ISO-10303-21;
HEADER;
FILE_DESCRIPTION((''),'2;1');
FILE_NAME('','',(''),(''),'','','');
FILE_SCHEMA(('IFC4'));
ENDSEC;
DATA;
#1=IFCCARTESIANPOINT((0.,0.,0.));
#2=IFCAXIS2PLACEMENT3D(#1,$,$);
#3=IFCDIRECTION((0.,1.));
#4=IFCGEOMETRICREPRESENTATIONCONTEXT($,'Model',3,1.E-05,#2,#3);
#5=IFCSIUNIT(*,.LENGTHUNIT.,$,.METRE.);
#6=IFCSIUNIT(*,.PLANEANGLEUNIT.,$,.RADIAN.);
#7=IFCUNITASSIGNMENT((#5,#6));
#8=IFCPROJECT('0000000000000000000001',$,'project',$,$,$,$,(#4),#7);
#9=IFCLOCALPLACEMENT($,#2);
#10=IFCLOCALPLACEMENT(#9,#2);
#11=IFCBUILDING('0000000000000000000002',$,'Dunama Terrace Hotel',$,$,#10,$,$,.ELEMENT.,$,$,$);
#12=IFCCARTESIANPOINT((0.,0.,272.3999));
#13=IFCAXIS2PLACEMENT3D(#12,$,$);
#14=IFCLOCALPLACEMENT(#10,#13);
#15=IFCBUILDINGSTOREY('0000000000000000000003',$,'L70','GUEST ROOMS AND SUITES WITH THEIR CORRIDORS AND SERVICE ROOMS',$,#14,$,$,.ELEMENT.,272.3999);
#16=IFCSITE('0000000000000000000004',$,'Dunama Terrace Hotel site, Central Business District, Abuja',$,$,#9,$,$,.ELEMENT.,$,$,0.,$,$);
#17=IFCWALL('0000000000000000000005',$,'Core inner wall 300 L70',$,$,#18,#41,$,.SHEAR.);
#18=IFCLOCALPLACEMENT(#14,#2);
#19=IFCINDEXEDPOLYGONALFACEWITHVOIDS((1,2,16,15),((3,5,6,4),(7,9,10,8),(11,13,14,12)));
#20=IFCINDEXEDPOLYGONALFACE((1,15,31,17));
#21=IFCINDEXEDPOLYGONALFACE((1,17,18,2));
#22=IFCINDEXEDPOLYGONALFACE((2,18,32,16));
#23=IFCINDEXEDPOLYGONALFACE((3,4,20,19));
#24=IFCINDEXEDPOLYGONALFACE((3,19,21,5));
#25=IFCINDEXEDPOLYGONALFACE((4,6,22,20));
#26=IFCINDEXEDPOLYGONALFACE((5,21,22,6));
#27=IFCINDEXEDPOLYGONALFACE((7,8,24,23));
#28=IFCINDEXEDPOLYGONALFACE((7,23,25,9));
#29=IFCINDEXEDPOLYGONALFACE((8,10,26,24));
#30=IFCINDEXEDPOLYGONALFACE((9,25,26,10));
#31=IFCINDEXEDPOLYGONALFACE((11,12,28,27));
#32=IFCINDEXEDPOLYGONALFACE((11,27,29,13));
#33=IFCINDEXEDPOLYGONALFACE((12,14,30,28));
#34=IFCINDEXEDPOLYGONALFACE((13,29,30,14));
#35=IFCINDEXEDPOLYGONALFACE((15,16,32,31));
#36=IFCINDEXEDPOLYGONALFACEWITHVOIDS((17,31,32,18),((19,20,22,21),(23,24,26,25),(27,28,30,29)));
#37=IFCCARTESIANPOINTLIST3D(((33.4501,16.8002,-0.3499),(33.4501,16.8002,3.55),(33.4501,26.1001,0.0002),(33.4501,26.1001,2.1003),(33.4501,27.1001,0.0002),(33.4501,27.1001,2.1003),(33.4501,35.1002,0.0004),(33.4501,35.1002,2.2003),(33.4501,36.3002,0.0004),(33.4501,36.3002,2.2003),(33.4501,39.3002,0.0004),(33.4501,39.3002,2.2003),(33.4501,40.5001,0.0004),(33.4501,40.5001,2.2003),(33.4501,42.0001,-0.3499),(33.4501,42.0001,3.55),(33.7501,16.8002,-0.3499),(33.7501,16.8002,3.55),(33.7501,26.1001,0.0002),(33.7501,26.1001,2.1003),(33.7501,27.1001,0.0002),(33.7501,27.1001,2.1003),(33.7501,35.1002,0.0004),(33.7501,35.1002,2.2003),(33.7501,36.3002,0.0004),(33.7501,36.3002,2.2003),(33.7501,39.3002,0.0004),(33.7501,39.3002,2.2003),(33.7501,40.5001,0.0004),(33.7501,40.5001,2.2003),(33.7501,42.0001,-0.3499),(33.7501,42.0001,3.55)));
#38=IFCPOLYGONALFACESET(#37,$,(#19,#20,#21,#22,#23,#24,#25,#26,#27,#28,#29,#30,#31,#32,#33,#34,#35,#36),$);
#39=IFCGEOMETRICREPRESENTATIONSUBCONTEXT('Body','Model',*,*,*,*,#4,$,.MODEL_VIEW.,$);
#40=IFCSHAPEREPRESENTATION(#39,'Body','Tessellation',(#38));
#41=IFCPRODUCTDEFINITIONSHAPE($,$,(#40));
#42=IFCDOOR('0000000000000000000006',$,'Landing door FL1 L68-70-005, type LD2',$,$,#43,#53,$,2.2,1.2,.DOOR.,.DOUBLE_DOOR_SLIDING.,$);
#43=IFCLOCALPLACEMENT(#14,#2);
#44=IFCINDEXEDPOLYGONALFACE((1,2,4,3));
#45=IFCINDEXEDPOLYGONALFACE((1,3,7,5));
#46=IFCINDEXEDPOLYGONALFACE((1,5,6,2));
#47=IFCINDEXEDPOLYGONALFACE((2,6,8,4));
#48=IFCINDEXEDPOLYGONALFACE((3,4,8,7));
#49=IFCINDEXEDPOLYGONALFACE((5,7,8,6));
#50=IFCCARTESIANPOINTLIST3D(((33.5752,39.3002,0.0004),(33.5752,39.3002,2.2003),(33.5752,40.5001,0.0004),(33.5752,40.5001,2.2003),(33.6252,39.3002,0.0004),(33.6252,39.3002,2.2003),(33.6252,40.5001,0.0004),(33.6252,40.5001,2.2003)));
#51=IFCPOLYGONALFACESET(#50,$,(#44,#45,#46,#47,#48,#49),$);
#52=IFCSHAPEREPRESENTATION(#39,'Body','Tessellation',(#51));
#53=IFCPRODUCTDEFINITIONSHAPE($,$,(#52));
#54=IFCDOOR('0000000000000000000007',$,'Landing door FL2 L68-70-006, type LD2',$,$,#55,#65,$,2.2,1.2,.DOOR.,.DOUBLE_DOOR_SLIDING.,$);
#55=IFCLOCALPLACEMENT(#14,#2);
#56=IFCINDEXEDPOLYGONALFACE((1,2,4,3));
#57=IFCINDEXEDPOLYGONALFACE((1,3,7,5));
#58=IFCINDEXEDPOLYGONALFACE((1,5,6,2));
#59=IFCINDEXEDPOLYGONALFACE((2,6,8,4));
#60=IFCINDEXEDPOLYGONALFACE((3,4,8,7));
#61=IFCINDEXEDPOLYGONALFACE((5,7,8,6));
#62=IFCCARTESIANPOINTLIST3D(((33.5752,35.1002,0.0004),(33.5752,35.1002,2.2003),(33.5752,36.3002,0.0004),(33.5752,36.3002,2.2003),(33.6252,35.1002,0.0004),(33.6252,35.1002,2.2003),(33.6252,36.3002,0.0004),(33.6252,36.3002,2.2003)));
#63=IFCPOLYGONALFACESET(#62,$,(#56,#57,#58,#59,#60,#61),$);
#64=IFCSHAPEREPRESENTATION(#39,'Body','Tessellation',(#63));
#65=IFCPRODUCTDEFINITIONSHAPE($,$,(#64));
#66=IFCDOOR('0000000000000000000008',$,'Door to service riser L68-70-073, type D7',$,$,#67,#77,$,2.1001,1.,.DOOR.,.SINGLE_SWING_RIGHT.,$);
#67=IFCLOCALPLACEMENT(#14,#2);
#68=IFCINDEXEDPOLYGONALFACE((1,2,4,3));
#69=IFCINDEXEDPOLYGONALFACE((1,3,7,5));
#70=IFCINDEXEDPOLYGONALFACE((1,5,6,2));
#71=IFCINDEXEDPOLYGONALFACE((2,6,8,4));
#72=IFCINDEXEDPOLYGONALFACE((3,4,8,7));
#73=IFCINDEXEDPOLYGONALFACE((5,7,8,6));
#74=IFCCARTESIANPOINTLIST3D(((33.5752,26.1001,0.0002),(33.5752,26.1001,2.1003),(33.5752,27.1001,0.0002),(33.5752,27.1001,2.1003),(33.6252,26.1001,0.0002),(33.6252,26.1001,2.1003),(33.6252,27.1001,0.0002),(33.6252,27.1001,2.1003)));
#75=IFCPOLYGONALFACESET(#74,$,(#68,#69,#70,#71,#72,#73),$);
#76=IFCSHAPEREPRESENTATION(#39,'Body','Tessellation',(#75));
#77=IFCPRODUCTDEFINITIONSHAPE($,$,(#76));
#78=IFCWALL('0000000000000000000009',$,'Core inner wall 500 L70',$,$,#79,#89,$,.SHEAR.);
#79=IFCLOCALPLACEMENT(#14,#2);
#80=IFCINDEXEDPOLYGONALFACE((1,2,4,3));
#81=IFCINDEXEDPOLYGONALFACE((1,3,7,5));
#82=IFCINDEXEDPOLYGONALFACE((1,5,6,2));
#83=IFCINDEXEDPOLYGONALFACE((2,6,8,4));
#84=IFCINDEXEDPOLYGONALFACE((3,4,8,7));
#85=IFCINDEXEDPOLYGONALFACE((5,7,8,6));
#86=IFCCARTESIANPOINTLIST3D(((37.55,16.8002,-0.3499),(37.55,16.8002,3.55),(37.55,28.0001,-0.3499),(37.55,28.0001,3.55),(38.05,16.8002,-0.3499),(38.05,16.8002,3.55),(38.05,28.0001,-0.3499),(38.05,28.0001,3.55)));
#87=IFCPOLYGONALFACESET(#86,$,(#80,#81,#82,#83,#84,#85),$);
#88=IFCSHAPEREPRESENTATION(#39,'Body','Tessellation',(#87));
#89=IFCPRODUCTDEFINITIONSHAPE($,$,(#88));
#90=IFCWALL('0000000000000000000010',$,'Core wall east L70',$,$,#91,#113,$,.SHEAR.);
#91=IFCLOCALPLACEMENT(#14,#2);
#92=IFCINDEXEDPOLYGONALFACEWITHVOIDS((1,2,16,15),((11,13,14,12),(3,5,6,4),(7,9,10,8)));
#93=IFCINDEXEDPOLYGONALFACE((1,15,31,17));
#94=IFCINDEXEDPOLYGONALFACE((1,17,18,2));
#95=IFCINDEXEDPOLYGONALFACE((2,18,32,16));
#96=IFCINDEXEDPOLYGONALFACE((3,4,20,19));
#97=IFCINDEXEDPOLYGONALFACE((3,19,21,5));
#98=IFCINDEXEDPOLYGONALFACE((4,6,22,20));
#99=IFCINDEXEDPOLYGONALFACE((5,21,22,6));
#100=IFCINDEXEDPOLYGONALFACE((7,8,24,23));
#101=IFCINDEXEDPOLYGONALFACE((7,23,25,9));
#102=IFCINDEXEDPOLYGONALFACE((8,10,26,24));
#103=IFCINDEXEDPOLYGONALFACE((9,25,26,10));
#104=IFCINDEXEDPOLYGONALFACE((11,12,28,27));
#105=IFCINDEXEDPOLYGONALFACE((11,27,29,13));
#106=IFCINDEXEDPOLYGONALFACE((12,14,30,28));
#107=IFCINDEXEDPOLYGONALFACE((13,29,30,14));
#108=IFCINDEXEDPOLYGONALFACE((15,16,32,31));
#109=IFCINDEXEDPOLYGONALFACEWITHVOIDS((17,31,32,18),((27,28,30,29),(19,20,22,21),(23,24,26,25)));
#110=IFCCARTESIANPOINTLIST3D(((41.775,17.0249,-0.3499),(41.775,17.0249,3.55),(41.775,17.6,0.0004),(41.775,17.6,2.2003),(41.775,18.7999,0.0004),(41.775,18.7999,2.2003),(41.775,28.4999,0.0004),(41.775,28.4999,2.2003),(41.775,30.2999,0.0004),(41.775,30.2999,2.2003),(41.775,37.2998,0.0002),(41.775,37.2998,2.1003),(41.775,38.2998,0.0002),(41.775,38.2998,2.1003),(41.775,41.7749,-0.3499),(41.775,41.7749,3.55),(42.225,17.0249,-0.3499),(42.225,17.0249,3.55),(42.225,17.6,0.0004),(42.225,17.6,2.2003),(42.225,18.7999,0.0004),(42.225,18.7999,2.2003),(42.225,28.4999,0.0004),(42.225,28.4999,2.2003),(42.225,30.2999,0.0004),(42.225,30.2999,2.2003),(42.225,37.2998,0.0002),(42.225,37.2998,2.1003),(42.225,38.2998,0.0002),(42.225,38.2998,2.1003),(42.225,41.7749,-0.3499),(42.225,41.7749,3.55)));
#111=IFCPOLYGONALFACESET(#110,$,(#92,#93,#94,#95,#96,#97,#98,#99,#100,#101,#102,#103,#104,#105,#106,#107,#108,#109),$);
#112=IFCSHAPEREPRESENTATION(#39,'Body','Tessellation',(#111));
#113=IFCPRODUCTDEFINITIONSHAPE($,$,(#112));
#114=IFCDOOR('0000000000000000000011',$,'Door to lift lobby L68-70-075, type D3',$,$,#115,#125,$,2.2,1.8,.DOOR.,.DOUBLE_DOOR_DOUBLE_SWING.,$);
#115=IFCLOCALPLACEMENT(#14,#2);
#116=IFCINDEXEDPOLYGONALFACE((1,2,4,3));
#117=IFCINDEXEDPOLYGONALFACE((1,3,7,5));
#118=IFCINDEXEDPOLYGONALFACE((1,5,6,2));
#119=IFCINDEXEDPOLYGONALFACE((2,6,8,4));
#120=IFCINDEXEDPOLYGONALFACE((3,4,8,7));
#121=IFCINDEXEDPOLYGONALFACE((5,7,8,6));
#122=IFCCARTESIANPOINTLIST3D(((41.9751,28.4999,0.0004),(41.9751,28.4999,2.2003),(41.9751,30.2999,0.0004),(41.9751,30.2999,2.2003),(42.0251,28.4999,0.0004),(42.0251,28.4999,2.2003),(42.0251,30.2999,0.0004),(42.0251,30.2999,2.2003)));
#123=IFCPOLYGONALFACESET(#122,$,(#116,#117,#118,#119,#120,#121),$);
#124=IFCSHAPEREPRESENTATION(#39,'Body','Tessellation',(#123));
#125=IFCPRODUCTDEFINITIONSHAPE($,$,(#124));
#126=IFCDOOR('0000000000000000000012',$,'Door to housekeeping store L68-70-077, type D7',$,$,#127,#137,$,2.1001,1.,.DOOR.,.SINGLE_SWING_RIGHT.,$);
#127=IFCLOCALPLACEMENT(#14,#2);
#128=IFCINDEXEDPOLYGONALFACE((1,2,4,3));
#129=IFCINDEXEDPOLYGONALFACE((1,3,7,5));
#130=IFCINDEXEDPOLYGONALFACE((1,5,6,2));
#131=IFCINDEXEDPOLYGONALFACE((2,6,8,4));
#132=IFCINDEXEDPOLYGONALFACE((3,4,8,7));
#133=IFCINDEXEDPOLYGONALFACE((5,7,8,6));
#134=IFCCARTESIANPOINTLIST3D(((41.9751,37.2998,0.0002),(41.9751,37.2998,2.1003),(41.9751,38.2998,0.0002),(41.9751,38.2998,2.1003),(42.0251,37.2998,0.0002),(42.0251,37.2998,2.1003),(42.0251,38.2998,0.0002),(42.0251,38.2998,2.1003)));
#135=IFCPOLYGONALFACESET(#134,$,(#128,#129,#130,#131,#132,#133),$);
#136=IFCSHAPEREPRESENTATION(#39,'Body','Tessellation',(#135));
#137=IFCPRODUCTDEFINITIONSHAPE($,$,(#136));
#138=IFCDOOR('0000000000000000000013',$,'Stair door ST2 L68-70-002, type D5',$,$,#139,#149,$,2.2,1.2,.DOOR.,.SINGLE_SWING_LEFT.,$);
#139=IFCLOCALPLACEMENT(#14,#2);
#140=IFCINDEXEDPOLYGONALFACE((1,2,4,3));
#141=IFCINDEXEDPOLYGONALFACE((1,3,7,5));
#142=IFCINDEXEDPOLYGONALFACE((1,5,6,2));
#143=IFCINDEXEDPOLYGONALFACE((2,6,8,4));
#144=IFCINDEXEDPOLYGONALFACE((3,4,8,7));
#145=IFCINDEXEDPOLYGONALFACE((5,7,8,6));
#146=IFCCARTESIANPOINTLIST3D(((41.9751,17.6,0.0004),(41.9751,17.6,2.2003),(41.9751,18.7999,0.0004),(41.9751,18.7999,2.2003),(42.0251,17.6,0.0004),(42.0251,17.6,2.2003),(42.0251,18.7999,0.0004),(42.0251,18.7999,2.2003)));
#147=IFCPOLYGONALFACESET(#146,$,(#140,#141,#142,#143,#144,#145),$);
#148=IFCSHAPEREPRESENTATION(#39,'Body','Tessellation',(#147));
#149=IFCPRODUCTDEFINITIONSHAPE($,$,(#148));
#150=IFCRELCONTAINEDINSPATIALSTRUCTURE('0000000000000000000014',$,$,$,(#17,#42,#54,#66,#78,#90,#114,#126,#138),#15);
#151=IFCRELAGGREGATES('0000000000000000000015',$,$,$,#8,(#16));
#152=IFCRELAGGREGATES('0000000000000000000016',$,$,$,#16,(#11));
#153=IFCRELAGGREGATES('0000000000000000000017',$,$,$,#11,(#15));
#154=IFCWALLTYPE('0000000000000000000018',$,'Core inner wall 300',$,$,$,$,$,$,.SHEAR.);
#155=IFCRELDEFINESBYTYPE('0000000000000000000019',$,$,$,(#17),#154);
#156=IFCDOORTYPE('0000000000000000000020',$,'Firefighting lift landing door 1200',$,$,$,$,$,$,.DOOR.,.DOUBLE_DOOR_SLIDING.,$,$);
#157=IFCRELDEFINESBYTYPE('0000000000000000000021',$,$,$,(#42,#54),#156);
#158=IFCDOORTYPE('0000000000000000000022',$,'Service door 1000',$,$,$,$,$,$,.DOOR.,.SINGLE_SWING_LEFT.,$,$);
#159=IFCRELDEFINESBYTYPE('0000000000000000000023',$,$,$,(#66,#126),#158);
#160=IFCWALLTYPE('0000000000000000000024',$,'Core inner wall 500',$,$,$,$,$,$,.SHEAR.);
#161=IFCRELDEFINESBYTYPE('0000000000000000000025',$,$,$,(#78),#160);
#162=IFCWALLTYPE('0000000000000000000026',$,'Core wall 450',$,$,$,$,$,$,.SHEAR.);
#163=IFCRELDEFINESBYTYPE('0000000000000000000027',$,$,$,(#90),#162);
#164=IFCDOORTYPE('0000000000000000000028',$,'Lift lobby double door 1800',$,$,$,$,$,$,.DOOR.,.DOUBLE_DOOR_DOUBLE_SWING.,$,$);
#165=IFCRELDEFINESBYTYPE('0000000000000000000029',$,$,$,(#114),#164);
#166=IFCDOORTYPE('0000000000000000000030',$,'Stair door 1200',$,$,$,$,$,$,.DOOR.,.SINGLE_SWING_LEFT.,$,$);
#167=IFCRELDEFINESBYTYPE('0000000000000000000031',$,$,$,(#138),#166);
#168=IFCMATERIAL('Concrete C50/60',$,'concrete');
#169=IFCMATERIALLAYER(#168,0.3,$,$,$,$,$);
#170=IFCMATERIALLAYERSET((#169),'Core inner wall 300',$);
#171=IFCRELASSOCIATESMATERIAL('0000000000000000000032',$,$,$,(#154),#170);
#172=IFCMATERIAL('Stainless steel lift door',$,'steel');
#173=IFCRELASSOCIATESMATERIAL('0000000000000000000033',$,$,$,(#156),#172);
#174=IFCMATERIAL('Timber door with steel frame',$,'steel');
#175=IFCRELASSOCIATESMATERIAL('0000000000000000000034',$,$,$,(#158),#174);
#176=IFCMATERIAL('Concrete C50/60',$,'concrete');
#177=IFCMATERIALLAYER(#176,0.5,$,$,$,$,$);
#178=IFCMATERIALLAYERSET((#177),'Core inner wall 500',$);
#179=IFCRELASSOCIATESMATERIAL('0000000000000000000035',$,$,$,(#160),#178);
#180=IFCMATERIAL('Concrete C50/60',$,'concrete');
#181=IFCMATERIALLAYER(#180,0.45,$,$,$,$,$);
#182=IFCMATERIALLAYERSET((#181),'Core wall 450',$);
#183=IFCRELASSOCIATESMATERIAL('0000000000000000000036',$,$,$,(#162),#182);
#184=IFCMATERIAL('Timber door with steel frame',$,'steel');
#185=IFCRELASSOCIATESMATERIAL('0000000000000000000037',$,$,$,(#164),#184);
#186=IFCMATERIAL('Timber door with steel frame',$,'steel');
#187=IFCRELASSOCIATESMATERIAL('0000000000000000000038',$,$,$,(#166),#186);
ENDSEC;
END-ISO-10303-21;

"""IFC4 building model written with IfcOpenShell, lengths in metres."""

from ifc_helpers import new_model, si_unit, direction, frame, frame_2d, origin, place, context, subcontext, project, spatial, rectangle, extrude, material, layer, layer_set, type_object, element, fill, save


model = new_model("IFC4")

# Units and contexts
model_context = context("Model", 3, precision=1e-05, world=origin(), true_north=direction((0.0, 1.0)))
body_context = subcontext(model_context, "Body", "Model", "MODEL_VIEW")
ifc_project = project(units=[si_unit("LENGTHUNIT", "METRE"), si_unit("PLANEANGLEUNIT", "RADIAN")], contexts=[model_context])

# Site, building, storey
site_placement = place(None, origin())
site = spatial("IfcSite", under=ifc_project, at=site_placement, Name="Dunama Terrace Hotel site, Central Business District, Abuja", CompositionType="ELEMENT", RefElevation=0.0)
building_placement = place(site_placement, origin())
building = spatial("IfcBuilding", under=site, at=building_placement, Name="Dunama Terrace Hotel", CompositionType="ELEMENT")
storey_placement = place(building_placement, frame((0.0, 0.0, 272.3999)))
storey = spatial("IfcBuildingStorey", under=building, at=storey_placement, Name="L70", Description="GUEST ROOMS AND SUITES WITH THEIR CORRIDORS AND SERVICE ROOMS", CompositionType="ELEMENT", Elevation=272.3999)

# Wall, openings, doors
ifc_material_1 = material(Name="Concrete C50/60", Category="concrete")
ifc_layer_1 = layer(ifc_material_1, 0.3)
ifc_layer_set_1 = layer_set([ifc_layer_1], Name="Core inner wall 300")
wall_type_1 = type_object("IfcWallType", Name="Core inner wall 300", PredefinedType="SHEAR", material=ifc_layer_set_1)
wall_1_placement = place(storey_placement, frame((33.6001, 16.8, -0.3499), z_axis=(0.0, 0.0, 1.0), x_axis=(0.0, 1.0, 0.0)))
wall_1 = element("IfcWall", 1, at=wall_1_placement, inside=storey, type_object=wall_type_1, Name="Core inner wall 300 L70", PredefinedType="SHEAR", context=body_context, shape_type="SweptSolid", body=[
    extrude(rectangle(XDim=25.2, YDim=0.3, at=frame_2d((12.6001, 0.0))), origin(), (0.0, 0.0, 1.0), 3.8999),
])
opening_1_placement = place(wall_1_placement, frame((22.5, 0.0, 0.3501)))
opening_1 = element("IfcOpeningElement", 2, at=opening_1_placement, cuts=wall_1, PredefinedType="OPENING", context=body_context, shape_type="SweptSolid", body=[
    extrude(rectangle(XDim=1.2, YDim=2.2, at=frame_2d((0.6001, 1.1001))), frame((0.0, 0.1599, 0.0), z_axis=(0.0, -1.0, 0.0), x_axis=(1.0, 0.0, 0.0)), (0.0, 0.0, 1.0), 0.3201),
])
opening_2_placement = place(wall_1_placement, frame((18.3, 0.0, 0.3501)))
opening_2 = element("IfcOpeningElement", 3, at=opening_2_placement, cuts=wall_1, PredefinedType="OPENING", context=body_context, shape_type="SweptSolid", body=[
    extrude(rectangle(XDim=1.2, YDim=2.2, at=frame_2d((0.6001, 1.1001))), frame((0.0, 0.1599, 0.0), z_axis=(0.0, -1.0, 0.0), x_axis=(1.0, 0.0, 0.0)), (0.0, 0.0, 1.0), 0.3201),
])
opening_3_placement = place(wall_1_placement, frame((9.3, 0.0, 0.3501)))
opening_3 = element("IfcOpeningElement", 4, at=opening_3_placement, cuts=wall_1, PredefinedType="OPENING", context=body_context, shape_type="SweptSolid", body=[
    extrude(rectangle(XDim=1.0, YDim=2.1001, at=frame_2d((0.5, 1.05))), frame((0.0, 0.1599, 0.0), z_axis=(0.0, -1.0, 0.0), x_axis=(1.0, 0.0, 0.0)), (0.0, 0.0, 1.0), 0.3201),
])
ifc_material_2 = material(Name="Stainless steel lift door", Category="steel")
door_type_1 = type_object("IfcDoorType", Name="Firefighting lift landing door 1200", OperationType="DOUBLE_DOOR_SLIDING", PredefinedType="DOOR", material=ifc_material_2)
door_1_placement = place(opening_1_placement, origin())
door_1 = element("IfcDoor", 5, at=door_1_placement, inside=storey, type_object=door_type_1, Name="Landing door FL1 L68-70-005, type LD2", OperationType="DOUBLE_DOOR_SLIDING", OverallHeight=2.2, OverallWidth=1.2, PredefinedType="DOOR", context=body_context, shape_type="SweptSolid", body=[
    extrude(rectangle(XDim=1.2, YDim=2.2, at=frame_2d((0.6001, 1.1001))), frame((0.0, 0.0249, 0.0), z_axis=(0.0, -1.0, 0.0), x_axis=(1.0, 0.0, 0.0)), (0.0, 0.0, 1.0), 0.05),
])
fill(opening_1, door_1)
door_2_placement = place(opening_2_placement, origin())
door_2 = element("IfcDoor", 6, at=door_2_placement, inside=storey, type_object=door_type_1, Name="Landing door FL2 L68-70-006, type LD2", OperationType="DOUBLE_DOOR_SLIDING", OverallHeight=2.2, OverallWidth=1.2, PredefinedType="DOOR", context=body_context, shape_type="SweptSolid", body=[
    extrude(rectangle(XDim=1.2, YDim=2.2, at=frame_2d((0.6001, 1.1001))), frame((0.0, 0.0249, 0.0), z_axis=(0.0, -1.0, 0.0), x_axis=(1.0, 0.0, 0.0)), (0.0, 0.0, 1.0), 0.05),
])
fill(opening_2, door_2)
ifc_material_3 = material(Name="Timber door with steel frame", Category="steel")
door_type_2 = type_object("IfcDoorType", Name="Service door 1000", OperationType="SINGLE_SWING_LEFT", PredefinedType="DOOR", material=ifc_material_3)
door_3_placement = place(opening_3_placement, frame((1.0, 0.0, 0.0), z_axis=(0.0, 0.0, 1.0), x_axis=(-1.0, 0.0, 0.0)))
door_3 = element("IfcDoor", 7, at=door_3_placement, inside=storey, type_object=door_type_2, Name="Door to service riser L68-70-073, type D7", OperationType="SINGLE_SWING_RIGHT", OverallHeight=2.1001, OverallWidth=1.0, PredefinedType="DOOR", context=body_context, shape_type="SweptSolid", body=[
    extrude(rectangle(XDim=1.0, YDim=2.1001, at=frame_2d((0.5, 1.05))), frame((0.0, 0.0251, 0.0), z_axis=(0.0, -1.0, 0.0), x_axis=(1.0, 0.0, 0.0)), (0.0, 0.0, 1.0), 0.05),
])
fill(opening_3, door_3)

# Wall
ifc_material_4 = material(Name="Concrete C50/60", Category="concrete")
ifc_layer_2 = layer(ifc_material_4, 0.5)
ifc_layer_set_2 = layer_set([ifc_layer_2], Name="Core inner wall 500")
wall_type_2 = type_object("IfcWallType", Name="Core inner wall 500", PredefinedType="SHEAR", material=ifc_layer_set_2)
wall_2_placement = place(storey_placement, frame((37.8, 16.8, -0.3499), z_axis=(0.0, 0.0, 1.0), x_axis=(0.0, 1.0, 0.0)))
element("IfcWall", 8, at=wall_2_placement, inside=storey, type_object=wall_type_2, Name="Core inner wall 500 L70", PredefinedType="SHEAR", context=body_context, shape_type="SweptSolid", body=[
    extrude(rectangle(XDim=11.2, YDim=0.5, at=frame_2d((5.6001, 0.0))), origin(), (0.0, 0.0, 1.0), 3.8999),
])

# Wall, openings, doors
ifc_material_5 = material(Name="Concrete C50/60", Category="concrete")
ifc_layer_3 = layer(ifc_material_5, 0.45)
ifc_layer_set_3 = layer_set([ifc_layer_3], Name="Core wall 450")
wall_type_3 = type_object("IfcWallType", Name="Core wall 450", PredefinedType="SHEAR", material=ifc_layer_set_3)
wall_3_placement = place(storey_placement, frame((42.0, 17.0249, -0.3499), z_axis=(0.0, 0.0, 1.0), x_axis=(0.0, 1.0, 0.0)))
wall_3 = element("IfcWall", 9, at=wall_3_placement, inside=storey, type_object=wall_type_3, Name="Core wall east L70", PredefinedType="SHEAR", context=body_context, shape_type="SweptSolid", body=[
    extrude(rectangle(XDim=24.75, YDim=0.45, at=frame_2d((12.375, 0.0))), origin(), (0.0, 0.0, 1.0), 3.8999),
])
opening_4_placement = place(wall_3_placement, frame((0.575, 0.0, 0.3501)))
opening_4 = element("IfcOpeningElement", 10, at=opening_4_placement, cuts=wall_3, PredefinedType="OPENING", context=body_context, shape_type="SweptSolid", body=[
    extrude(rectangle(XDim=1.2, YDim=2.2, at=frame_2d((0.6001, 1.1001))), frame((0.0, 0.2349, 0.0), z_axis=(0.0, -1.0, 0.0), x_axis=(1.0, 0.0, 0.0)), (0.0, 0.0, 1.0), 0.47),
])
opening_5_placement = place(wall_3_placement, frame((11.4751, 0.0, 0.3501)))
opening_5 = element("IfcOpeningElement", 11, at=opening_5_placement, cuts=wall_3, PredefinedType="OPENING", context=body_context, shape_type="SweptSolid", body=[
    extrude(rectangle(XDim=1.8, YDim=2.2, at=frame_2d((0.8999, 1.1001))), frame((0.0, 0.2349, 0.0), z_axis=(0.0, -1.0, 0.0), x_axis=(1.0, 0.0, 0.0)), (0.0, 0.0, 1.0), 0.47),
])
opening_6_placement = place(wall_3_placement, frame((20.2749, 0.0, 0.3501)))
opening_6 = element("IfcOpeningElement", 12, at=opening_6_placement, cuts=wall_3, PredefinedType="OPENING", context=body_context, shape_type="SweptSolid", body=[
    extrude(rectangle(XDim=1.0, YDim=2.1001, at=frame_2d((0.5, 1.05))), frame((0.0, 0.2349, 0.0), z_axis=(0.0, -1.0, 0.0), x_axis=(1.0, 0.0, 0.0)), (0.0, 0.0, 1.0), 0.47),
])
ifc_material_6 = material(Name="Timber door with steel frame", Category="steel")
door_type_3 = type_object("IfcDoorType", Name="Lift lobby double door 1800", OperationType="DOUBLE_DOOR_DOUBLE_SWING", PredefinedType="DOOR", material=ifc_material_6)
door_4_placement = place(opening_5_placement, origin())
door_4 = element("IfcDoor", 13, at=door_4_placement, inside=storey, type_object=door_type_3, Name="Door to lift lobby L68-70-075, type D3", OperationType="DOUBLE_DOOR_DOUBLE_SWING", OverallHeight=2.2, OverallWidth=1.8, PredefinedType="DOOR", context=body_context, shape_type="SweptSolid", body=[
    extrude(rectangle(XDim=1.8, YDim=2.2, at=frame_2d((0.8999, 1.1001))), frame((0.0, 0.0249, 0.0), z_axis=(0.0, -1.0, 0.0), x_axis=(1.0, 0.0, 0.0)), (0.0, 0.0, 1.0), 0.05),
])
fill(opening_5, door_4)
door_5_placement = place(opening_6_placement, origin())
door_5 = element("IfcDoor", 14, at=door_5_placement, inside=storey, type_object=door_type_2, Name="Door to housekeeping store L68-70-077, type D7", OperationType="SINGLE_SWING_RIGHT", OverallHeight=2.1001, OverallWidth=1.0, PredefinedType="DOOR", context=body_context, shape_type="SweptSolid", body=[
    extrude(rectangle(XDim=1.0, YDim=2.1001, at=frame_2d((0.5, 1.05))), frame((0.0, 0.0249, 0.0), z_axis=(0.0, -1.0, 0.0), x_axis=(1.0, 0.0, 0.0)), (0.0, 0.0, 1.0), 0.05),
])
fill(opening_6, door_5)
ifc_material_7 = material(Name="Timber door with steel frame", Category="steel")
door_type_4 = type_object("IfcDoorType", Name="Stair door 1200", OperationType="SINGLE_SWING_LEFT", PredefinedType="DOOR", material=ifc_material_7)
door_6_placement = place(opening_4_placement, origin())
door_6 = element("IfcDoor", 15, at=door_6_placement, inside=storey, type_object=door_type_4, Name="Stair door ST2 L68-70-002, type D5", OperationType="SINGLE_SWING_LEFT", OverallHeight=2.2, OverallWidth=1.2, PredefinedType="DOOR", context=body_context, shape_type="SweptSolid", body=[
    extrude(rectangle(XDim=1.2, YDim=2.2, at=frame_2d((0.6001, 1.1001))), frame((0.0, 0.0249, 0.0), z_axis=(0.0, -1.0, 0.0), x_axis=(1.0, 0.0, 0.0)), (0.0, 0.0, 1.0), 0.05),
])
fill(opening_4, door_6)

save(model, "model.ifc")
